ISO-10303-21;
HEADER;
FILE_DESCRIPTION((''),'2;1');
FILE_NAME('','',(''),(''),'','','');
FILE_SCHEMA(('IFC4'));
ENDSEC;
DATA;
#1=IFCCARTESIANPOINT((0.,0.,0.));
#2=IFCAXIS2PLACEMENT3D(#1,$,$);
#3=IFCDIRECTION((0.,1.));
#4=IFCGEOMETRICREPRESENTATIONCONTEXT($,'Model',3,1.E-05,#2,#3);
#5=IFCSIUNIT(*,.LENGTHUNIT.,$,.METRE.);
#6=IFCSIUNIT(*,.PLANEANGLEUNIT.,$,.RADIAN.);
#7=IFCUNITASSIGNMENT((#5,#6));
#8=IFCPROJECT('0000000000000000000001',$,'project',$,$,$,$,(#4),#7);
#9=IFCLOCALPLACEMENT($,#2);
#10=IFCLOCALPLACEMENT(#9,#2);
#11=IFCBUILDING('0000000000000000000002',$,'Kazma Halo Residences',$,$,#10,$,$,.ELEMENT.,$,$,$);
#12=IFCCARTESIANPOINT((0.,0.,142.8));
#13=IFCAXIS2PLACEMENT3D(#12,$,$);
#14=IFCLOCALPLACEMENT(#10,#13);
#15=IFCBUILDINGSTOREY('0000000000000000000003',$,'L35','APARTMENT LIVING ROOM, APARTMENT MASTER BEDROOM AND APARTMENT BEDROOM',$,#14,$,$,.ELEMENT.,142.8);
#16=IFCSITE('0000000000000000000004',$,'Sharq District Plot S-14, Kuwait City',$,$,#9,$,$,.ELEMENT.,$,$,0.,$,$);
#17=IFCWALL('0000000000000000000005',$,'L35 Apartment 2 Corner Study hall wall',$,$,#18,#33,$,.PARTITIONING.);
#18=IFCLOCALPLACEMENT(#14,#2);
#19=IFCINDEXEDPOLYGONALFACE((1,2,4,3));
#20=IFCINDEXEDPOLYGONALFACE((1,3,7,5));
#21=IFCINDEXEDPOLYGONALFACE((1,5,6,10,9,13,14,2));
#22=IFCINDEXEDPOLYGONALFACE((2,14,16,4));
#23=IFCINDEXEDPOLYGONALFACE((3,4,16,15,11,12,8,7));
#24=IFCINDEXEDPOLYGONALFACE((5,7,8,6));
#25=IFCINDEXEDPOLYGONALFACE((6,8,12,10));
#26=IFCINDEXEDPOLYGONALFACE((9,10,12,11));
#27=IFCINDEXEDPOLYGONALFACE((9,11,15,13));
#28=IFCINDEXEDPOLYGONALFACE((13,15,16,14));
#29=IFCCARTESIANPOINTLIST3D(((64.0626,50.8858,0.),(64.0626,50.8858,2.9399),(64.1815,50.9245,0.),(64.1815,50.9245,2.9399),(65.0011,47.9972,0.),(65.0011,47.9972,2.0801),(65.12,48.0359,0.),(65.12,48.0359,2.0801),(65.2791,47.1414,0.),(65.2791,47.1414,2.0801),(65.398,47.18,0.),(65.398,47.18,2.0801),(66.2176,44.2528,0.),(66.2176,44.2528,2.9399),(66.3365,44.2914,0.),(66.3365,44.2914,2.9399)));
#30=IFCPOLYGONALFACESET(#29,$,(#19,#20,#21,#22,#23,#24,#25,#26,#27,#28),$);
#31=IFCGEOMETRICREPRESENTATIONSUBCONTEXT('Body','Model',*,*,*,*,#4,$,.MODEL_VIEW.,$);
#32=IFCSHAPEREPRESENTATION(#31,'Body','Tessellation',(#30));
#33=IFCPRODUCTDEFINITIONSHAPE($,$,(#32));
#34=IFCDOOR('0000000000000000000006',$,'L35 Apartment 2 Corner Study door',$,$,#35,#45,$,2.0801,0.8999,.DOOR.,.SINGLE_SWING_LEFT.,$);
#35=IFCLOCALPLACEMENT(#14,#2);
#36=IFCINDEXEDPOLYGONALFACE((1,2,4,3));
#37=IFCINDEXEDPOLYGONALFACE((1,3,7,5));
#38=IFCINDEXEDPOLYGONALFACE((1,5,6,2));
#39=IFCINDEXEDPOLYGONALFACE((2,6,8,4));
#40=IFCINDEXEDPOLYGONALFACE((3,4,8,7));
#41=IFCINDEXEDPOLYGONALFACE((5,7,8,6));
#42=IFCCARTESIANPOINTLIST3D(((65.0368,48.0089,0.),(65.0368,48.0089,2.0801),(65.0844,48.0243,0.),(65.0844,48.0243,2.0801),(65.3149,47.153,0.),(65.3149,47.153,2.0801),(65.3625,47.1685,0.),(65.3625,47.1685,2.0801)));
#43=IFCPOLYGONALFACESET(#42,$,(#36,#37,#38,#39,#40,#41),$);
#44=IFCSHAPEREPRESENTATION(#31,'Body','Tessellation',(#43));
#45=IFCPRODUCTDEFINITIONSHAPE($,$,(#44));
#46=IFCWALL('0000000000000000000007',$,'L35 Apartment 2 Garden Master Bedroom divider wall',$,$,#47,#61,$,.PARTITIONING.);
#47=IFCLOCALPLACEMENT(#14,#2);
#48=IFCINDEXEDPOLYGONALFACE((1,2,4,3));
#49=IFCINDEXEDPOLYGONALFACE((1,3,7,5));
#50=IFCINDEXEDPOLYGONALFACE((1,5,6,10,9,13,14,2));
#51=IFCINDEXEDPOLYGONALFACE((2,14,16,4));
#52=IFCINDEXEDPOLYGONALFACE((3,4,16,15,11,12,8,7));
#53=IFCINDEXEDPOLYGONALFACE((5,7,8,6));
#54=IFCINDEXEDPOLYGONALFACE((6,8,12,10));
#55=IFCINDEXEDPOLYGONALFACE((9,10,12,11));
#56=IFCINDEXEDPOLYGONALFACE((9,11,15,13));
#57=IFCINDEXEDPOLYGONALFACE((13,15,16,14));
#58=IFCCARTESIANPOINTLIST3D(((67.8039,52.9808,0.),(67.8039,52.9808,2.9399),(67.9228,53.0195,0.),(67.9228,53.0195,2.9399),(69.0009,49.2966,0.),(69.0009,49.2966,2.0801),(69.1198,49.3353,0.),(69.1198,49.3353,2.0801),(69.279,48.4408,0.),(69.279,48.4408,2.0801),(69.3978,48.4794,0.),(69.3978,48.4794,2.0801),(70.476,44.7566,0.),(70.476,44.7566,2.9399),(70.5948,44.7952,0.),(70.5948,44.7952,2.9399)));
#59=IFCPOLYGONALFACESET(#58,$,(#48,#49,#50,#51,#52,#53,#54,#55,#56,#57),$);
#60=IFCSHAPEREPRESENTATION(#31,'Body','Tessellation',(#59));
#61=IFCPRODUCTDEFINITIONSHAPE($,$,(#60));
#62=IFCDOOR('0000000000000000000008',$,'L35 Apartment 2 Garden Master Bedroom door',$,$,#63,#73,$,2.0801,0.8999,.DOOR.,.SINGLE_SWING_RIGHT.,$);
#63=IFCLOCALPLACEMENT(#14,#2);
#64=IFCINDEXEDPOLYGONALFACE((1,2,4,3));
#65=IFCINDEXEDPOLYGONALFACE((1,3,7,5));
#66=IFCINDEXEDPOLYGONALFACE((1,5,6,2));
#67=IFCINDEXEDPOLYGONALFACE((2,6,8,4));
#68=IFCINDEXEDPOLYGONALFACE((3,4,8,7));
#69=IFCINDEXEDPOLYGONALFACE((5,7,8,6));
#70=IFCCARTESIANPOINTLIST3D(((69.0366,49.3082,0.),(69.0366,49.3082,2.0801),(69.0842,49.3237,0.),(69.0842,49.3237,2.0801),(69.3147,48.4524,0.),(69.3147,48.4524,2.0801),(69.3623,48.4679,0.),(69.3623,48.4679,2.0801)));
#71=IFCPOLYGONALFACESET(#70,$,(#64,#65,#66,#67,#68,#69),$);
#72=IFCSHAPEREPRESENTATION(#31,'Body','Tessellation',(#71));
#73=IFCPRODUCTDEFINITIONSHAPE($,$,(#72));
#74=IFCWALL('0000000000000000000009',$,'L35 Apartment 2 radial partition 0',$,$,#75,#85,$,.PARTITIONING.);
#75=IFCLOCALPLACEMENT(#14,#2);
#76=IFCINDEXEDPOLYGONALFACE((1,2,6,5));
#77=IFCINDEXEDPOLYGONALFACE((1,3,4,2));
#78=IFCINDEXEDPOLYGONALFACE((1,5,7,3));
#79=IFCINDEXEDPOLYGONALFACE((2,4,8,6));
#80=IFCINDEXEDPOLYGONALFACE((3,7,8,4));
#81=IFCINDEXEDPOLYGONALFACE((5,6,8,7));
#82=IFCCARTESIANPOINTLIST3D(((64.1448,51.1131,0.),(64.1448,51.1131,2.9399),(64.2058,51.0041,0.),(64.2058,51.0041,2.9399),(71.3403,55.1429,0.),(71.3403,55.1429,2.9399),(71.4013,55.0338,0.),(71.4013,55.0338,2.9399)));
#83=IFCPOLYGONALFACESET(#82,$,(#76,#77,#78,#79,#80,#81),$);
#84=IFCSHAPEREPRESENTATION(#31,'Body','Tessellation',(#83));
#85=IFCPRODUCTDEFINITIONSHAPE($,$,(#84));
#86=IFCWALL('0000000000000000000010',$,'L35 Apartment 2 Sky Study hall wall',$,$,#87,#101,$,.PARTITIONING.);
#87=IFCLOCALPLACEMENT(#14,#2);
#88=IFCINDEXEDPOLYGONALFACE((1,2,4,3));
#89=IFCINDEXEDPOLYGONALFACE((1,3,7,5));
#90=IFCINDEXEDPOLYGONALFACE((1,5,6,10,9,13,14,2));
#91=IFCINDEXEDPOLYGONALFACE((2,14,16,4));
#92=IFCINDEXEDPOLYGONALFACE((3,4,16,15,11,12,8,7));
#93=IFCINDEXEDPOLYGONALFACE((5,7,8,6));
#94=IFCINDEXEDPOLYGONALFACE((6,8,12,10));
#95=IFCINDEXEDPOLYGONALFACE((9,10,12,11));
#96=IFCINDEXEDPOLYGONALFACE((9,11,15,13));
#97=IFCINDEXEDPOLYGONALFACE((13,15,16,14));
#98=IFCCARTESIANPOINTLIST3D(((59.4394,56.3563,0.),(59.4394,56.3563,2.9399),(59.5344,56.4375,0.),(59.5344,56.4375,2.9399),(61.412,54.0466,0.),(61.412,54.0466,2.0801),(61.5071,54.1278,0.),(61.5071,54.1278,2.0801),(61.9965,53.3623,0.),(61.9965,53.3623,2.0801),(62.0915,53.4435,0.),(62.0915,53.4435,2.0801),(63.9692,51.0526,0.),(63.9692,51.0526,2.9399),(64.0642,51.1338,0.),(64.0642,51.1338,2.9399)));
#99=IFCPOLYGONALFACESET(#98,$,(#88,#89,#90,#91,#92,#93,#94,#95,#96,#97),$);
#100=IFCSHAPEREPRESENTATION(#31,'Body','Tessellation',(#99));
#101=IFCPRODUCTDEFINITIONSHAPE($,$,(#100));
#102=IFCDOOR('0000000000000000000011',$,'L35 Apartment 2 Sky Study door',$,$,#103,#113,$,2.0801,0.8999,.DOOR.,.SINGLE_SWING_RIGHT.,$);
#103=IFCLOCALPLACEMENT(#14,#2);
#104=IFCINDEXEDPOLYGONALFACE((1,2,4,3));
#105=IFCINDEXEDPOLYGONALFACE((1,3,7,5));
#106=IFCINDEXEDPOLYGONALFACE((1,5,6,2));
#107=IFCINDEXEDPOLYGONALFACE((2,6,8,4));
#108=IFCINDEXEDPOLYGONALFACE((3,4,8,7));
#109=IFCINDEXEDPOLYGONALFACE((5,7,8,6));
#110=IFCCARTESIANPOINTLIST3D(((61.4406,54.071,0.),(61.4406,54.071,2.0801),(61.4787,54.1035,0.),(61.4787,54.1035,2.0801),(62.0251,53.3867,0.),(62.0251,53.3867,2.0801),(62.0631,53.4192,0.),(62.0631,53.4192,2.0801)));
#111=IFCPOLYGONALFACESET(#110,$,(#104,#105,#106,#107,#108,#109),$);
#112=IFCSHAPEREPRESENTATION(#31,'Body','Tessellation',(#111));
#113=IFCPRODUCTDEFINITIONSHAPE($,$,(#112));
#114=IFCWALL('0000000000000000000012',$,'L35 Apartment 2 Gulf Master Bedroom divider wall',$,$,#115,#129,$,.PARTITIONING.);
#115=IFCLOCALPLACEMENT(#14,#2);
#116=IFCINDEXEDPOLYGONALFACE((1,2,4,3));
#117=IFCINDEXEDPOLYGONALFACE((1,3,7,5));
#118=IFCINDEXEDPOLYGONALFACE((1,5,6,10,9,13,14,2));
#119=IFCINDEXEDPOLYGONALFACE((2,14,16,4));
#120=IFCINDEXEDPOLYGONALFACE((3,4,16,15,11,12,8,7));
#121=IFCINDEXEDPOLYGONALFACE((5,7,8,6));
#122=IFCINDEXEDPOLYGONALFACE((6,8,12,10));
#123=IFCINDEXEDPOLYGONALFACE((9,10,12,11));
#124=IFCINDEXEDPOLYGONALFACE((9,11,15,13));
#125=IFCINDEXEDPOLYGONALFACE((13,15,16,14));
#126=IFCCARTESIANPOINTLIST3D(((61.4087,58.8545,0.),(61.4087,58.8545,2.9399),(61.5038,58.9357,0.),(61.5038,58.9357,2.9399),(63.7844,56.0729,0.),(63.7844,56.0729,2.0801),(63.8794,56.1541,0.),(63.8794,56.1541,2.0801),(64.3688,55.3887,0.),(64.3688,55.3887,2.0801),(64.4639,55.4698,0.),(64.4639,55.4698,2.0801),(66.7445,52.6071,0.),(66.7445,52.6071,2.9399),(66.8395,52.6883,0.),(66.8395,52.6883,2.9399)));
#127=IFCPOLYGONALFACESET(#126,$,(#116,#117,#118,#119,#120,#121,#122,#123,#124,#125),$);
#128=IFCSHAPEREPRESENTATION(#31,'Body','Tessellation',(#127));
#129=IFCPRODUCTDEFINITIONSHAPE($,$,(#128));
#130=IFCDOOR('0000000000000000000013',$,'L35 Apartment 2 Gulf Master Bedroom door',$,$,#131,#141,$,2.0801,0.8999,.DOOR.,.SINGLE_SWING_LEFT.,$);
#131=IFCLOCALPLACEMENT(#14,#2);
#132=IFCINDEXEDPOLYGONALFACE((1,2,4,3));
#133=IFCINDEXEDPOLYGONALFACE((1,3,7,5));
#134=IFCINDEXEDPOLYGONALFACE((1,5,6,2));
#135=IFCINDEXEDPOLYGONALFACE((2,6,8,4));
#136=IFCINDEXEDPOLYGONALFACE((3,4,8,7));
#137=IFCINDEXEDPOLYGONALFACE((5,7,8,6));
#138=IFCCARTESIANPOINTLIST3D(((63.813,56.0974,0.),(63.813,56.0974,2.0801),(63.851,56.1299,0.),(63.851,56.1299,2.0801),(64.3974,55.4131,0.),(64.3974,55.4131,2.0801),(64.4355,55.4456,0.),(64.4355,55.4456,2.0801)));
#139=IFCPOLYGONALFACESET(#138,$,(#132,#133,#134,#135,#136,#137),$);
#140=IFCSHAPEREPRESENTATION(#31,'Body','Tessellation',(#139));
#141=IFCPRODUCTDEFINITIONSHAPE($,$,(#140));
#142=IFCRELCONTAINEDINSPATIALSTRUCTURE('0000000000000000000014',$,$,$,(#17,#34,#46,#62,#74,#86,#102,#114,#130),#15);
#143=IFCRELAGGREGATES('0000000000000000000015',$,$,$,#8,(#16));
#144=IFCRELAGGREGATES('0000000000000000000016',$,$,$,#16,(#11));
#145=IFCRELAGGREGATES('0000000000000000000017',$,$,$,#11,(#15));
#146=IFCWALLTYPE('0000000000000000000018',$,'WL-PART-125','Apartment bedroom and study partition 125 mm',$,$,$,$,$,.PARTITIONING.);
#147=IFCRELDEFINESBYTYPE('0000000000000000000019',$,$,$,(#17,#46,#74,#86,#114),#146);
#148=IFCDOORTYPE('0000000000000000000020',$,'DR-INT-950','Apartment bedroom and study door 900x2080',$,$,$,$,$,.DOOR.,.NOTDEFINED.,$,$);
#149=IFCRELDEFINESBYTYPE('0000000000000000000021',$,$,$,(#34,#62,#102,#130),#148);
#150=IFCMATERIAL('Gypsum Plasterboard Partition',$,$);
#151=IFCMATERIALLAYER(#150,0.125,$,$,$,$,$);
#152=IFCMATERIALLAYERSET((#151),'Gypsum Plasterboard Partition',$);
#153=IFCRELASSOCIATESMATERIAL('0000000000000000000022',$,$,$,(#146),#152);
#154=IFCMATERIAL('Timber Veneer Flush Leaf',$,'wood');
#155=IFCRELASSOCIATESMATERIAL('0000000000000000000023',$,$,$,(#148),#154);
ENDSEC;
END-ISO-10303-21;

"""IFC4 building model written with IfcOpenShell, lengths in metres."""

from ifc_helpers import new_model, si_unit, direction, frame, frame_2d, origin, place, context, subcontext, project, spatial, rectangle, extrude, material, layer, layer_set, type_object, element, fill, save


model = new_model("IFC4")

# Units and contexts
model_context = context("Model", 3, precision=1e-05, world=origin(), true_north=direction((0.0, 1.0)))
body_context = subcontext(model_context, "Body", "Model", "MODEL_VIEW")
ifc_project = project(units=[si_unit("LENGTHUNIT", "METRE"), si_unit("PLANEANGLEUNIT", "RADIAN")], contexts=[model_context])

# Site, building, storey
site_placement = place(None, origin())
site = spatial("IfcSite", under=ifc_project, at=site_placement, Name="Sharq District Plot S-14, Kuwait City", CompositionType="ELEMENT", RefElevation=0.0)
building_placement = place(site_placement, origin())
building = spatial("IfcBuilding", under=site, at=building_placement, Name="Kazma Halo Residences", CompositionType="ELEMENT")
storey_placement = place(building_placement, frame((0.0, 0.0, 142.8)))
storey = spatial("IfcBuildingStorey", under=building, at=storey_placement, Name="L35", Description="APARTMENT LIVING ROOM, APARTMENT MASTER BEDROOM AND APARTMENT BEDROOM", CompositionType="ELEMENT", Elevation=142.8)

# Shared definitions
ifc_material_1 = material(Name="Gypsum Plasterboard Partition")
ifc_layer_1 = layer(ifc_material_1, 0.125)
ifc_layer_set_1 = layer_set([ifc_layer_1], Name="Gypsum Plasterboard Partition")
wall_type_1 = type_object("IfcWallType", Name="WL-PART-125", Description="Apartment bedroom and study partition 125 mm", PredefinedType="PARTITIONING", material=ifc_layer_set_1)

# Walls, openings, doors
wall_1_placement = place(storey_placement, frame((66.2771, 44.272, 0.0), z_axis=(0.0, 0.0, 1.0), x_axis=(-0.308993, 0.951064, 0.0)))
wall_1 = element("IfcWall", 1, at=wall_1_placement, inside=storey, type_object=wall_type_1, Name="L35 Apartment 2 Corner Study hall wall", PredefinedType="PARTITIONING", context=body_context, shape_type="SweptSolid", body=[
    extrude(rectangle(XDim=6.9744, YDim=0.125, at=frame_2d((3.4873, 0.0))), origin(), (0.0, 0.0, 1.0), 2.9399),
])
opening_1_placement = place(wall_1_placement, frame((3.0374, 0.0, 0.0)))
opening_1 = element("IfcOpeningElement", 2, at=opening_1_placement, cuts=wall_1, PredefinedType="OPENING", context=body_context, shape_type="SweptSolid", body=[
    extrude(rectangle(XDim=0.8999, YDim=2.0801, at=frame_2d((0.45, 1.04))), frame((0.0, 0.0725, 0.0), z_axis=(0.0, -1.0, 0.0), x_axis=(1.0, 0.0, 0.0)), (0.0, 0.0, 1.0), 0.145),
])
ifc_material_2 = material(Name="Timber Veneer Flush Leaf", Category="wood")
door_type = type_object("IfcDoorType", Name="DR-INT-950", Description="Apartment bedroom and study door 900x2080", OperationType="NOTDEFINED", PredefinedType="DOOR", material=ifc_material_2)
door_1_placement = place(opening_1_placement, origin())
door_1 = element("IfcDoor", 3, at=door_1_placement, inside=storey, type_object=door_type, Name="L35 Apartment 2 Corner Study door", OperationType="SINGLE_SWING_LEFT", OverallHeight=2.0801, OverallWidth=0.8999, PredefinedType="DOOR", context=body_context, shape_type="SweptSolid", body=[
    extrude(rectangle(XDim=0.8999, YDim=2.0801, at=frame_2d((0.45, 1.04))), frame((0.0, 0.0249, 0.0), z_axis=(0.0, -1.0, 0.0), x_axis=(1.0, 0.0, 0.0)), (0.0, 0.0, 1.0), 0.05),
])
fill(opening_1, door_1)
wall_2_placement = place(storey_placement, frame((70.5354, 44.7759, 0.0), z_axis=(0.0, 0.0, 1.0), x_axis=(-0.309002, 0.951061, 0.0)))
wall_2 = element("IfcWall", 4, at=wall_2_placement, inside=storey, type_object=wall_type_1, Name="L35 Apartment 2 Garden Master Bedroom divider wall", PredefinedType="PARTITIONING", context=body_context, shape_type="SweptSolid", body=[
    extrude(rectangle(XDim=8.6475, YDim=0.125, at=frame_2d((4.3237, 0.0))), origin(), (0.0, 0.0, 1.0), 2.9399),
])
opening_2_placement = place(wall_2_placement, frame((3.8738, 0.0, 0.0)))
opening_2 = element("IfcOpeningElement", 5, at=opening_2_placement, cuts=wall_2, PredefinedType="OPENING", context=body_context, shape_type="SweptSolid", body=[
    extrude(rectangle(XDim=0.8999, YDim=2.0801, at=frame_2d((0.45, 1.04))), frame((0.0, 0.0725, 0.0), z_axis=(0.0, -1.0, 0.0), x_axis=(1.0, 0.0, 0.0)), (0.0, 0.0, 1.0), 0.145),
])
door_2_placement = place(opening_2_placement, origin())
door_2 = element("IfcDoor", 6, at=door_2_placement, inside=storey, type_object=door_type, Name="L35 Apartment 2 Garden Master Bedroom door", OperationType="SINGLE_SWING_RIGHT", OverallHeight=2.0801, OverallWidth=0.8999, PredefinedType="DOOR", context=body_context, shape_type="SweptSolid", body=[
    extrude(rectangle(XDim=0.8999, YDim=2.0801, at=frame_2d((0.45, 1.04))), frame((0.0, 0.0249, 0.0), z_axis=(0.0, -1.0, 0.0), x_axis=(1.0, 0.0, 0.0)), (0.0, 0.0, 1.0), 0.05),
])
fill(opening_2, door_2)

# Wall
wall_3_placement = place(storey_placement, frame((64.1753, 51.0586, 0.0), z_axis=(0.0, 0.0, 1.0), x_axis=(0.872492, 0.488629, 0.0)))
element("IfcWall", 7, at=wall_3_placement, inside=storey, type_object=wall_type_1, Name="L35 Apartment 2 radial partition 0", PredefinedType="PARTITIONING", context=body_context, shape_type="SweptSolid", body=[
    extrude(rectangle(XDim=8.2471, YDim=0.125, at=frame_2d((4.1235, 0.0))), origin(), (0.0, 0.0, 1.0), 2.9399),
])

# Walls, openings, doors
wall_4_placement = place(storey_placement, frame((64.0166, 51.0933, 0.0), z_axis=(0.0, 0.0, 1.0), x_axis=(-0.649447, 0.760407, 0.0)))
wall_4 = element("IfcWall", 8, at=wall_4_placement, inside=storey, type_object=wall_type_1, Name="L35 Apartment 2 Sky Study hall wall", PredefinedType="PARTITIONING", context=body_context, shape_type="SweptSolid", body=[
    extrude(rectangle(XDim=6.9749, YDim=0.125, at=frame_2d((3.4873, 0.0))), origin(), (0.0, 0.0, 1.0), 2.9399),
])
opening_3_placement = place(wall_4_placement, frame((3.0374, 0.0, 0.0)))
opening_3 = element("IfcOpeningElement", 9, at=opening_3_placement, cuts=wall_4, PredefinedType="OPENING", context=body_context, shape_type="SweptSolid", body=[
    extrude(rectangle(XDim=0.8999, YDim=2.0801, at=frame_2d((0.45, 1.04))), frame((0.0, 0.0725, 0.0), z_axis=(0.0, -1.0, 0.0), x_axis=(1.0, 0.0, 0.0)), (0.0, 0.0, 1.0), 0.145),
])
door_3_placement = place(opening_3_placement, origin())
door_3 = element("IfcDoor", 10, at=door_3_placement, inside=storey, type_object=door_type, Name="L35 Apartment 2 Sky Study door", OperationType="SINGLE_SWING_RIGHT", OverallHeight=2.0801, OverallWidth=0.8999, PredefinedType="DOOR", context=body_context, shape_type="SweptSolid", body=[
    extrude(rectangle(XDim=0.8999, YDim=2.0801, at=frame_2d((0.45, 1.04))), frame((0.0, 0.0249, 0.0), z_axis=(0.0, -1.0, 0.0), x_axis=(1.0, 0.0, 0.0)), (0.0, 0.0, 1.0), 0.05),
])
fill(opening_3, door_3)
wall_5_placement = place(storey_placement, frame((66.792, 52.6477, 0.0), z_axis=(0.0, 0.0, 1.0), x_axis=(-0.649447, 0.760407, 0.0)))
wall_5 = element("IfcWall", 11, at=wall_5_placement, inside=storey, type_object=wall_type_1, Name="L35 Apartment 2 Gulf Master Bedroom divider wall", PredefinedType="PARTITIONING", context=body_context, shape_type="SweptSolid", body=[
    extrude(rectangle(XDim=8.2158, YDim=0.125, at=frame_2d((4.1079, 0.0))), origin(), (0.0, 0.0, 1.0), 2.9399),
])
opening_4_placement = place(wall_5_placement, frame((3.658, 0.0, 0.0)))
opening_4 = element("IfcOpeningElement", 12, at=opening_4_placement, cuts=wall_5, PredefinedType="OPENING", context=body_context, shape_type="SweptSolid", body=[
    extrude(rectangle(XDim=0.8999, YDim=2.0801, at=frame_2d((0.45, 1.04))), frame((0.0, 0.0725, 0.0), z_axis=(0.0, -1.0, 0.0), x_axis=(1.0, 0.0, 0.0)), (0.0, 0.0, 1.0), 0.145),
])
door_4_placement = place(opening_4_placement, origin())
door_4 = element("IfcDoor", 13, at=door_4_placement, inside=storey, type_object=door_type, Name="L35 Apartment 2 Gulf Master Bedroom door", OperationType="SINGLE_SWING_LEFT", OverallHeight=2.0801, OverallWidth=0.8999, PredefinedType="DOOR", context=body_context, shape_type="SweptSolid", body=[
    extrude(rectangle(XDim=0.8999, YDim=2.0801, at=frame_2d((0.45, 1.04))), frame((0.0, 0.0249, 0.0), z_axis=(0.0, -1.0, 0.0), x_axis=(1.0, 0.0, 0.0)), (0.0, 0.0, 1.0), 0.05),
])
fill(opening_4, door_4)

save(model, "model.ifc")
